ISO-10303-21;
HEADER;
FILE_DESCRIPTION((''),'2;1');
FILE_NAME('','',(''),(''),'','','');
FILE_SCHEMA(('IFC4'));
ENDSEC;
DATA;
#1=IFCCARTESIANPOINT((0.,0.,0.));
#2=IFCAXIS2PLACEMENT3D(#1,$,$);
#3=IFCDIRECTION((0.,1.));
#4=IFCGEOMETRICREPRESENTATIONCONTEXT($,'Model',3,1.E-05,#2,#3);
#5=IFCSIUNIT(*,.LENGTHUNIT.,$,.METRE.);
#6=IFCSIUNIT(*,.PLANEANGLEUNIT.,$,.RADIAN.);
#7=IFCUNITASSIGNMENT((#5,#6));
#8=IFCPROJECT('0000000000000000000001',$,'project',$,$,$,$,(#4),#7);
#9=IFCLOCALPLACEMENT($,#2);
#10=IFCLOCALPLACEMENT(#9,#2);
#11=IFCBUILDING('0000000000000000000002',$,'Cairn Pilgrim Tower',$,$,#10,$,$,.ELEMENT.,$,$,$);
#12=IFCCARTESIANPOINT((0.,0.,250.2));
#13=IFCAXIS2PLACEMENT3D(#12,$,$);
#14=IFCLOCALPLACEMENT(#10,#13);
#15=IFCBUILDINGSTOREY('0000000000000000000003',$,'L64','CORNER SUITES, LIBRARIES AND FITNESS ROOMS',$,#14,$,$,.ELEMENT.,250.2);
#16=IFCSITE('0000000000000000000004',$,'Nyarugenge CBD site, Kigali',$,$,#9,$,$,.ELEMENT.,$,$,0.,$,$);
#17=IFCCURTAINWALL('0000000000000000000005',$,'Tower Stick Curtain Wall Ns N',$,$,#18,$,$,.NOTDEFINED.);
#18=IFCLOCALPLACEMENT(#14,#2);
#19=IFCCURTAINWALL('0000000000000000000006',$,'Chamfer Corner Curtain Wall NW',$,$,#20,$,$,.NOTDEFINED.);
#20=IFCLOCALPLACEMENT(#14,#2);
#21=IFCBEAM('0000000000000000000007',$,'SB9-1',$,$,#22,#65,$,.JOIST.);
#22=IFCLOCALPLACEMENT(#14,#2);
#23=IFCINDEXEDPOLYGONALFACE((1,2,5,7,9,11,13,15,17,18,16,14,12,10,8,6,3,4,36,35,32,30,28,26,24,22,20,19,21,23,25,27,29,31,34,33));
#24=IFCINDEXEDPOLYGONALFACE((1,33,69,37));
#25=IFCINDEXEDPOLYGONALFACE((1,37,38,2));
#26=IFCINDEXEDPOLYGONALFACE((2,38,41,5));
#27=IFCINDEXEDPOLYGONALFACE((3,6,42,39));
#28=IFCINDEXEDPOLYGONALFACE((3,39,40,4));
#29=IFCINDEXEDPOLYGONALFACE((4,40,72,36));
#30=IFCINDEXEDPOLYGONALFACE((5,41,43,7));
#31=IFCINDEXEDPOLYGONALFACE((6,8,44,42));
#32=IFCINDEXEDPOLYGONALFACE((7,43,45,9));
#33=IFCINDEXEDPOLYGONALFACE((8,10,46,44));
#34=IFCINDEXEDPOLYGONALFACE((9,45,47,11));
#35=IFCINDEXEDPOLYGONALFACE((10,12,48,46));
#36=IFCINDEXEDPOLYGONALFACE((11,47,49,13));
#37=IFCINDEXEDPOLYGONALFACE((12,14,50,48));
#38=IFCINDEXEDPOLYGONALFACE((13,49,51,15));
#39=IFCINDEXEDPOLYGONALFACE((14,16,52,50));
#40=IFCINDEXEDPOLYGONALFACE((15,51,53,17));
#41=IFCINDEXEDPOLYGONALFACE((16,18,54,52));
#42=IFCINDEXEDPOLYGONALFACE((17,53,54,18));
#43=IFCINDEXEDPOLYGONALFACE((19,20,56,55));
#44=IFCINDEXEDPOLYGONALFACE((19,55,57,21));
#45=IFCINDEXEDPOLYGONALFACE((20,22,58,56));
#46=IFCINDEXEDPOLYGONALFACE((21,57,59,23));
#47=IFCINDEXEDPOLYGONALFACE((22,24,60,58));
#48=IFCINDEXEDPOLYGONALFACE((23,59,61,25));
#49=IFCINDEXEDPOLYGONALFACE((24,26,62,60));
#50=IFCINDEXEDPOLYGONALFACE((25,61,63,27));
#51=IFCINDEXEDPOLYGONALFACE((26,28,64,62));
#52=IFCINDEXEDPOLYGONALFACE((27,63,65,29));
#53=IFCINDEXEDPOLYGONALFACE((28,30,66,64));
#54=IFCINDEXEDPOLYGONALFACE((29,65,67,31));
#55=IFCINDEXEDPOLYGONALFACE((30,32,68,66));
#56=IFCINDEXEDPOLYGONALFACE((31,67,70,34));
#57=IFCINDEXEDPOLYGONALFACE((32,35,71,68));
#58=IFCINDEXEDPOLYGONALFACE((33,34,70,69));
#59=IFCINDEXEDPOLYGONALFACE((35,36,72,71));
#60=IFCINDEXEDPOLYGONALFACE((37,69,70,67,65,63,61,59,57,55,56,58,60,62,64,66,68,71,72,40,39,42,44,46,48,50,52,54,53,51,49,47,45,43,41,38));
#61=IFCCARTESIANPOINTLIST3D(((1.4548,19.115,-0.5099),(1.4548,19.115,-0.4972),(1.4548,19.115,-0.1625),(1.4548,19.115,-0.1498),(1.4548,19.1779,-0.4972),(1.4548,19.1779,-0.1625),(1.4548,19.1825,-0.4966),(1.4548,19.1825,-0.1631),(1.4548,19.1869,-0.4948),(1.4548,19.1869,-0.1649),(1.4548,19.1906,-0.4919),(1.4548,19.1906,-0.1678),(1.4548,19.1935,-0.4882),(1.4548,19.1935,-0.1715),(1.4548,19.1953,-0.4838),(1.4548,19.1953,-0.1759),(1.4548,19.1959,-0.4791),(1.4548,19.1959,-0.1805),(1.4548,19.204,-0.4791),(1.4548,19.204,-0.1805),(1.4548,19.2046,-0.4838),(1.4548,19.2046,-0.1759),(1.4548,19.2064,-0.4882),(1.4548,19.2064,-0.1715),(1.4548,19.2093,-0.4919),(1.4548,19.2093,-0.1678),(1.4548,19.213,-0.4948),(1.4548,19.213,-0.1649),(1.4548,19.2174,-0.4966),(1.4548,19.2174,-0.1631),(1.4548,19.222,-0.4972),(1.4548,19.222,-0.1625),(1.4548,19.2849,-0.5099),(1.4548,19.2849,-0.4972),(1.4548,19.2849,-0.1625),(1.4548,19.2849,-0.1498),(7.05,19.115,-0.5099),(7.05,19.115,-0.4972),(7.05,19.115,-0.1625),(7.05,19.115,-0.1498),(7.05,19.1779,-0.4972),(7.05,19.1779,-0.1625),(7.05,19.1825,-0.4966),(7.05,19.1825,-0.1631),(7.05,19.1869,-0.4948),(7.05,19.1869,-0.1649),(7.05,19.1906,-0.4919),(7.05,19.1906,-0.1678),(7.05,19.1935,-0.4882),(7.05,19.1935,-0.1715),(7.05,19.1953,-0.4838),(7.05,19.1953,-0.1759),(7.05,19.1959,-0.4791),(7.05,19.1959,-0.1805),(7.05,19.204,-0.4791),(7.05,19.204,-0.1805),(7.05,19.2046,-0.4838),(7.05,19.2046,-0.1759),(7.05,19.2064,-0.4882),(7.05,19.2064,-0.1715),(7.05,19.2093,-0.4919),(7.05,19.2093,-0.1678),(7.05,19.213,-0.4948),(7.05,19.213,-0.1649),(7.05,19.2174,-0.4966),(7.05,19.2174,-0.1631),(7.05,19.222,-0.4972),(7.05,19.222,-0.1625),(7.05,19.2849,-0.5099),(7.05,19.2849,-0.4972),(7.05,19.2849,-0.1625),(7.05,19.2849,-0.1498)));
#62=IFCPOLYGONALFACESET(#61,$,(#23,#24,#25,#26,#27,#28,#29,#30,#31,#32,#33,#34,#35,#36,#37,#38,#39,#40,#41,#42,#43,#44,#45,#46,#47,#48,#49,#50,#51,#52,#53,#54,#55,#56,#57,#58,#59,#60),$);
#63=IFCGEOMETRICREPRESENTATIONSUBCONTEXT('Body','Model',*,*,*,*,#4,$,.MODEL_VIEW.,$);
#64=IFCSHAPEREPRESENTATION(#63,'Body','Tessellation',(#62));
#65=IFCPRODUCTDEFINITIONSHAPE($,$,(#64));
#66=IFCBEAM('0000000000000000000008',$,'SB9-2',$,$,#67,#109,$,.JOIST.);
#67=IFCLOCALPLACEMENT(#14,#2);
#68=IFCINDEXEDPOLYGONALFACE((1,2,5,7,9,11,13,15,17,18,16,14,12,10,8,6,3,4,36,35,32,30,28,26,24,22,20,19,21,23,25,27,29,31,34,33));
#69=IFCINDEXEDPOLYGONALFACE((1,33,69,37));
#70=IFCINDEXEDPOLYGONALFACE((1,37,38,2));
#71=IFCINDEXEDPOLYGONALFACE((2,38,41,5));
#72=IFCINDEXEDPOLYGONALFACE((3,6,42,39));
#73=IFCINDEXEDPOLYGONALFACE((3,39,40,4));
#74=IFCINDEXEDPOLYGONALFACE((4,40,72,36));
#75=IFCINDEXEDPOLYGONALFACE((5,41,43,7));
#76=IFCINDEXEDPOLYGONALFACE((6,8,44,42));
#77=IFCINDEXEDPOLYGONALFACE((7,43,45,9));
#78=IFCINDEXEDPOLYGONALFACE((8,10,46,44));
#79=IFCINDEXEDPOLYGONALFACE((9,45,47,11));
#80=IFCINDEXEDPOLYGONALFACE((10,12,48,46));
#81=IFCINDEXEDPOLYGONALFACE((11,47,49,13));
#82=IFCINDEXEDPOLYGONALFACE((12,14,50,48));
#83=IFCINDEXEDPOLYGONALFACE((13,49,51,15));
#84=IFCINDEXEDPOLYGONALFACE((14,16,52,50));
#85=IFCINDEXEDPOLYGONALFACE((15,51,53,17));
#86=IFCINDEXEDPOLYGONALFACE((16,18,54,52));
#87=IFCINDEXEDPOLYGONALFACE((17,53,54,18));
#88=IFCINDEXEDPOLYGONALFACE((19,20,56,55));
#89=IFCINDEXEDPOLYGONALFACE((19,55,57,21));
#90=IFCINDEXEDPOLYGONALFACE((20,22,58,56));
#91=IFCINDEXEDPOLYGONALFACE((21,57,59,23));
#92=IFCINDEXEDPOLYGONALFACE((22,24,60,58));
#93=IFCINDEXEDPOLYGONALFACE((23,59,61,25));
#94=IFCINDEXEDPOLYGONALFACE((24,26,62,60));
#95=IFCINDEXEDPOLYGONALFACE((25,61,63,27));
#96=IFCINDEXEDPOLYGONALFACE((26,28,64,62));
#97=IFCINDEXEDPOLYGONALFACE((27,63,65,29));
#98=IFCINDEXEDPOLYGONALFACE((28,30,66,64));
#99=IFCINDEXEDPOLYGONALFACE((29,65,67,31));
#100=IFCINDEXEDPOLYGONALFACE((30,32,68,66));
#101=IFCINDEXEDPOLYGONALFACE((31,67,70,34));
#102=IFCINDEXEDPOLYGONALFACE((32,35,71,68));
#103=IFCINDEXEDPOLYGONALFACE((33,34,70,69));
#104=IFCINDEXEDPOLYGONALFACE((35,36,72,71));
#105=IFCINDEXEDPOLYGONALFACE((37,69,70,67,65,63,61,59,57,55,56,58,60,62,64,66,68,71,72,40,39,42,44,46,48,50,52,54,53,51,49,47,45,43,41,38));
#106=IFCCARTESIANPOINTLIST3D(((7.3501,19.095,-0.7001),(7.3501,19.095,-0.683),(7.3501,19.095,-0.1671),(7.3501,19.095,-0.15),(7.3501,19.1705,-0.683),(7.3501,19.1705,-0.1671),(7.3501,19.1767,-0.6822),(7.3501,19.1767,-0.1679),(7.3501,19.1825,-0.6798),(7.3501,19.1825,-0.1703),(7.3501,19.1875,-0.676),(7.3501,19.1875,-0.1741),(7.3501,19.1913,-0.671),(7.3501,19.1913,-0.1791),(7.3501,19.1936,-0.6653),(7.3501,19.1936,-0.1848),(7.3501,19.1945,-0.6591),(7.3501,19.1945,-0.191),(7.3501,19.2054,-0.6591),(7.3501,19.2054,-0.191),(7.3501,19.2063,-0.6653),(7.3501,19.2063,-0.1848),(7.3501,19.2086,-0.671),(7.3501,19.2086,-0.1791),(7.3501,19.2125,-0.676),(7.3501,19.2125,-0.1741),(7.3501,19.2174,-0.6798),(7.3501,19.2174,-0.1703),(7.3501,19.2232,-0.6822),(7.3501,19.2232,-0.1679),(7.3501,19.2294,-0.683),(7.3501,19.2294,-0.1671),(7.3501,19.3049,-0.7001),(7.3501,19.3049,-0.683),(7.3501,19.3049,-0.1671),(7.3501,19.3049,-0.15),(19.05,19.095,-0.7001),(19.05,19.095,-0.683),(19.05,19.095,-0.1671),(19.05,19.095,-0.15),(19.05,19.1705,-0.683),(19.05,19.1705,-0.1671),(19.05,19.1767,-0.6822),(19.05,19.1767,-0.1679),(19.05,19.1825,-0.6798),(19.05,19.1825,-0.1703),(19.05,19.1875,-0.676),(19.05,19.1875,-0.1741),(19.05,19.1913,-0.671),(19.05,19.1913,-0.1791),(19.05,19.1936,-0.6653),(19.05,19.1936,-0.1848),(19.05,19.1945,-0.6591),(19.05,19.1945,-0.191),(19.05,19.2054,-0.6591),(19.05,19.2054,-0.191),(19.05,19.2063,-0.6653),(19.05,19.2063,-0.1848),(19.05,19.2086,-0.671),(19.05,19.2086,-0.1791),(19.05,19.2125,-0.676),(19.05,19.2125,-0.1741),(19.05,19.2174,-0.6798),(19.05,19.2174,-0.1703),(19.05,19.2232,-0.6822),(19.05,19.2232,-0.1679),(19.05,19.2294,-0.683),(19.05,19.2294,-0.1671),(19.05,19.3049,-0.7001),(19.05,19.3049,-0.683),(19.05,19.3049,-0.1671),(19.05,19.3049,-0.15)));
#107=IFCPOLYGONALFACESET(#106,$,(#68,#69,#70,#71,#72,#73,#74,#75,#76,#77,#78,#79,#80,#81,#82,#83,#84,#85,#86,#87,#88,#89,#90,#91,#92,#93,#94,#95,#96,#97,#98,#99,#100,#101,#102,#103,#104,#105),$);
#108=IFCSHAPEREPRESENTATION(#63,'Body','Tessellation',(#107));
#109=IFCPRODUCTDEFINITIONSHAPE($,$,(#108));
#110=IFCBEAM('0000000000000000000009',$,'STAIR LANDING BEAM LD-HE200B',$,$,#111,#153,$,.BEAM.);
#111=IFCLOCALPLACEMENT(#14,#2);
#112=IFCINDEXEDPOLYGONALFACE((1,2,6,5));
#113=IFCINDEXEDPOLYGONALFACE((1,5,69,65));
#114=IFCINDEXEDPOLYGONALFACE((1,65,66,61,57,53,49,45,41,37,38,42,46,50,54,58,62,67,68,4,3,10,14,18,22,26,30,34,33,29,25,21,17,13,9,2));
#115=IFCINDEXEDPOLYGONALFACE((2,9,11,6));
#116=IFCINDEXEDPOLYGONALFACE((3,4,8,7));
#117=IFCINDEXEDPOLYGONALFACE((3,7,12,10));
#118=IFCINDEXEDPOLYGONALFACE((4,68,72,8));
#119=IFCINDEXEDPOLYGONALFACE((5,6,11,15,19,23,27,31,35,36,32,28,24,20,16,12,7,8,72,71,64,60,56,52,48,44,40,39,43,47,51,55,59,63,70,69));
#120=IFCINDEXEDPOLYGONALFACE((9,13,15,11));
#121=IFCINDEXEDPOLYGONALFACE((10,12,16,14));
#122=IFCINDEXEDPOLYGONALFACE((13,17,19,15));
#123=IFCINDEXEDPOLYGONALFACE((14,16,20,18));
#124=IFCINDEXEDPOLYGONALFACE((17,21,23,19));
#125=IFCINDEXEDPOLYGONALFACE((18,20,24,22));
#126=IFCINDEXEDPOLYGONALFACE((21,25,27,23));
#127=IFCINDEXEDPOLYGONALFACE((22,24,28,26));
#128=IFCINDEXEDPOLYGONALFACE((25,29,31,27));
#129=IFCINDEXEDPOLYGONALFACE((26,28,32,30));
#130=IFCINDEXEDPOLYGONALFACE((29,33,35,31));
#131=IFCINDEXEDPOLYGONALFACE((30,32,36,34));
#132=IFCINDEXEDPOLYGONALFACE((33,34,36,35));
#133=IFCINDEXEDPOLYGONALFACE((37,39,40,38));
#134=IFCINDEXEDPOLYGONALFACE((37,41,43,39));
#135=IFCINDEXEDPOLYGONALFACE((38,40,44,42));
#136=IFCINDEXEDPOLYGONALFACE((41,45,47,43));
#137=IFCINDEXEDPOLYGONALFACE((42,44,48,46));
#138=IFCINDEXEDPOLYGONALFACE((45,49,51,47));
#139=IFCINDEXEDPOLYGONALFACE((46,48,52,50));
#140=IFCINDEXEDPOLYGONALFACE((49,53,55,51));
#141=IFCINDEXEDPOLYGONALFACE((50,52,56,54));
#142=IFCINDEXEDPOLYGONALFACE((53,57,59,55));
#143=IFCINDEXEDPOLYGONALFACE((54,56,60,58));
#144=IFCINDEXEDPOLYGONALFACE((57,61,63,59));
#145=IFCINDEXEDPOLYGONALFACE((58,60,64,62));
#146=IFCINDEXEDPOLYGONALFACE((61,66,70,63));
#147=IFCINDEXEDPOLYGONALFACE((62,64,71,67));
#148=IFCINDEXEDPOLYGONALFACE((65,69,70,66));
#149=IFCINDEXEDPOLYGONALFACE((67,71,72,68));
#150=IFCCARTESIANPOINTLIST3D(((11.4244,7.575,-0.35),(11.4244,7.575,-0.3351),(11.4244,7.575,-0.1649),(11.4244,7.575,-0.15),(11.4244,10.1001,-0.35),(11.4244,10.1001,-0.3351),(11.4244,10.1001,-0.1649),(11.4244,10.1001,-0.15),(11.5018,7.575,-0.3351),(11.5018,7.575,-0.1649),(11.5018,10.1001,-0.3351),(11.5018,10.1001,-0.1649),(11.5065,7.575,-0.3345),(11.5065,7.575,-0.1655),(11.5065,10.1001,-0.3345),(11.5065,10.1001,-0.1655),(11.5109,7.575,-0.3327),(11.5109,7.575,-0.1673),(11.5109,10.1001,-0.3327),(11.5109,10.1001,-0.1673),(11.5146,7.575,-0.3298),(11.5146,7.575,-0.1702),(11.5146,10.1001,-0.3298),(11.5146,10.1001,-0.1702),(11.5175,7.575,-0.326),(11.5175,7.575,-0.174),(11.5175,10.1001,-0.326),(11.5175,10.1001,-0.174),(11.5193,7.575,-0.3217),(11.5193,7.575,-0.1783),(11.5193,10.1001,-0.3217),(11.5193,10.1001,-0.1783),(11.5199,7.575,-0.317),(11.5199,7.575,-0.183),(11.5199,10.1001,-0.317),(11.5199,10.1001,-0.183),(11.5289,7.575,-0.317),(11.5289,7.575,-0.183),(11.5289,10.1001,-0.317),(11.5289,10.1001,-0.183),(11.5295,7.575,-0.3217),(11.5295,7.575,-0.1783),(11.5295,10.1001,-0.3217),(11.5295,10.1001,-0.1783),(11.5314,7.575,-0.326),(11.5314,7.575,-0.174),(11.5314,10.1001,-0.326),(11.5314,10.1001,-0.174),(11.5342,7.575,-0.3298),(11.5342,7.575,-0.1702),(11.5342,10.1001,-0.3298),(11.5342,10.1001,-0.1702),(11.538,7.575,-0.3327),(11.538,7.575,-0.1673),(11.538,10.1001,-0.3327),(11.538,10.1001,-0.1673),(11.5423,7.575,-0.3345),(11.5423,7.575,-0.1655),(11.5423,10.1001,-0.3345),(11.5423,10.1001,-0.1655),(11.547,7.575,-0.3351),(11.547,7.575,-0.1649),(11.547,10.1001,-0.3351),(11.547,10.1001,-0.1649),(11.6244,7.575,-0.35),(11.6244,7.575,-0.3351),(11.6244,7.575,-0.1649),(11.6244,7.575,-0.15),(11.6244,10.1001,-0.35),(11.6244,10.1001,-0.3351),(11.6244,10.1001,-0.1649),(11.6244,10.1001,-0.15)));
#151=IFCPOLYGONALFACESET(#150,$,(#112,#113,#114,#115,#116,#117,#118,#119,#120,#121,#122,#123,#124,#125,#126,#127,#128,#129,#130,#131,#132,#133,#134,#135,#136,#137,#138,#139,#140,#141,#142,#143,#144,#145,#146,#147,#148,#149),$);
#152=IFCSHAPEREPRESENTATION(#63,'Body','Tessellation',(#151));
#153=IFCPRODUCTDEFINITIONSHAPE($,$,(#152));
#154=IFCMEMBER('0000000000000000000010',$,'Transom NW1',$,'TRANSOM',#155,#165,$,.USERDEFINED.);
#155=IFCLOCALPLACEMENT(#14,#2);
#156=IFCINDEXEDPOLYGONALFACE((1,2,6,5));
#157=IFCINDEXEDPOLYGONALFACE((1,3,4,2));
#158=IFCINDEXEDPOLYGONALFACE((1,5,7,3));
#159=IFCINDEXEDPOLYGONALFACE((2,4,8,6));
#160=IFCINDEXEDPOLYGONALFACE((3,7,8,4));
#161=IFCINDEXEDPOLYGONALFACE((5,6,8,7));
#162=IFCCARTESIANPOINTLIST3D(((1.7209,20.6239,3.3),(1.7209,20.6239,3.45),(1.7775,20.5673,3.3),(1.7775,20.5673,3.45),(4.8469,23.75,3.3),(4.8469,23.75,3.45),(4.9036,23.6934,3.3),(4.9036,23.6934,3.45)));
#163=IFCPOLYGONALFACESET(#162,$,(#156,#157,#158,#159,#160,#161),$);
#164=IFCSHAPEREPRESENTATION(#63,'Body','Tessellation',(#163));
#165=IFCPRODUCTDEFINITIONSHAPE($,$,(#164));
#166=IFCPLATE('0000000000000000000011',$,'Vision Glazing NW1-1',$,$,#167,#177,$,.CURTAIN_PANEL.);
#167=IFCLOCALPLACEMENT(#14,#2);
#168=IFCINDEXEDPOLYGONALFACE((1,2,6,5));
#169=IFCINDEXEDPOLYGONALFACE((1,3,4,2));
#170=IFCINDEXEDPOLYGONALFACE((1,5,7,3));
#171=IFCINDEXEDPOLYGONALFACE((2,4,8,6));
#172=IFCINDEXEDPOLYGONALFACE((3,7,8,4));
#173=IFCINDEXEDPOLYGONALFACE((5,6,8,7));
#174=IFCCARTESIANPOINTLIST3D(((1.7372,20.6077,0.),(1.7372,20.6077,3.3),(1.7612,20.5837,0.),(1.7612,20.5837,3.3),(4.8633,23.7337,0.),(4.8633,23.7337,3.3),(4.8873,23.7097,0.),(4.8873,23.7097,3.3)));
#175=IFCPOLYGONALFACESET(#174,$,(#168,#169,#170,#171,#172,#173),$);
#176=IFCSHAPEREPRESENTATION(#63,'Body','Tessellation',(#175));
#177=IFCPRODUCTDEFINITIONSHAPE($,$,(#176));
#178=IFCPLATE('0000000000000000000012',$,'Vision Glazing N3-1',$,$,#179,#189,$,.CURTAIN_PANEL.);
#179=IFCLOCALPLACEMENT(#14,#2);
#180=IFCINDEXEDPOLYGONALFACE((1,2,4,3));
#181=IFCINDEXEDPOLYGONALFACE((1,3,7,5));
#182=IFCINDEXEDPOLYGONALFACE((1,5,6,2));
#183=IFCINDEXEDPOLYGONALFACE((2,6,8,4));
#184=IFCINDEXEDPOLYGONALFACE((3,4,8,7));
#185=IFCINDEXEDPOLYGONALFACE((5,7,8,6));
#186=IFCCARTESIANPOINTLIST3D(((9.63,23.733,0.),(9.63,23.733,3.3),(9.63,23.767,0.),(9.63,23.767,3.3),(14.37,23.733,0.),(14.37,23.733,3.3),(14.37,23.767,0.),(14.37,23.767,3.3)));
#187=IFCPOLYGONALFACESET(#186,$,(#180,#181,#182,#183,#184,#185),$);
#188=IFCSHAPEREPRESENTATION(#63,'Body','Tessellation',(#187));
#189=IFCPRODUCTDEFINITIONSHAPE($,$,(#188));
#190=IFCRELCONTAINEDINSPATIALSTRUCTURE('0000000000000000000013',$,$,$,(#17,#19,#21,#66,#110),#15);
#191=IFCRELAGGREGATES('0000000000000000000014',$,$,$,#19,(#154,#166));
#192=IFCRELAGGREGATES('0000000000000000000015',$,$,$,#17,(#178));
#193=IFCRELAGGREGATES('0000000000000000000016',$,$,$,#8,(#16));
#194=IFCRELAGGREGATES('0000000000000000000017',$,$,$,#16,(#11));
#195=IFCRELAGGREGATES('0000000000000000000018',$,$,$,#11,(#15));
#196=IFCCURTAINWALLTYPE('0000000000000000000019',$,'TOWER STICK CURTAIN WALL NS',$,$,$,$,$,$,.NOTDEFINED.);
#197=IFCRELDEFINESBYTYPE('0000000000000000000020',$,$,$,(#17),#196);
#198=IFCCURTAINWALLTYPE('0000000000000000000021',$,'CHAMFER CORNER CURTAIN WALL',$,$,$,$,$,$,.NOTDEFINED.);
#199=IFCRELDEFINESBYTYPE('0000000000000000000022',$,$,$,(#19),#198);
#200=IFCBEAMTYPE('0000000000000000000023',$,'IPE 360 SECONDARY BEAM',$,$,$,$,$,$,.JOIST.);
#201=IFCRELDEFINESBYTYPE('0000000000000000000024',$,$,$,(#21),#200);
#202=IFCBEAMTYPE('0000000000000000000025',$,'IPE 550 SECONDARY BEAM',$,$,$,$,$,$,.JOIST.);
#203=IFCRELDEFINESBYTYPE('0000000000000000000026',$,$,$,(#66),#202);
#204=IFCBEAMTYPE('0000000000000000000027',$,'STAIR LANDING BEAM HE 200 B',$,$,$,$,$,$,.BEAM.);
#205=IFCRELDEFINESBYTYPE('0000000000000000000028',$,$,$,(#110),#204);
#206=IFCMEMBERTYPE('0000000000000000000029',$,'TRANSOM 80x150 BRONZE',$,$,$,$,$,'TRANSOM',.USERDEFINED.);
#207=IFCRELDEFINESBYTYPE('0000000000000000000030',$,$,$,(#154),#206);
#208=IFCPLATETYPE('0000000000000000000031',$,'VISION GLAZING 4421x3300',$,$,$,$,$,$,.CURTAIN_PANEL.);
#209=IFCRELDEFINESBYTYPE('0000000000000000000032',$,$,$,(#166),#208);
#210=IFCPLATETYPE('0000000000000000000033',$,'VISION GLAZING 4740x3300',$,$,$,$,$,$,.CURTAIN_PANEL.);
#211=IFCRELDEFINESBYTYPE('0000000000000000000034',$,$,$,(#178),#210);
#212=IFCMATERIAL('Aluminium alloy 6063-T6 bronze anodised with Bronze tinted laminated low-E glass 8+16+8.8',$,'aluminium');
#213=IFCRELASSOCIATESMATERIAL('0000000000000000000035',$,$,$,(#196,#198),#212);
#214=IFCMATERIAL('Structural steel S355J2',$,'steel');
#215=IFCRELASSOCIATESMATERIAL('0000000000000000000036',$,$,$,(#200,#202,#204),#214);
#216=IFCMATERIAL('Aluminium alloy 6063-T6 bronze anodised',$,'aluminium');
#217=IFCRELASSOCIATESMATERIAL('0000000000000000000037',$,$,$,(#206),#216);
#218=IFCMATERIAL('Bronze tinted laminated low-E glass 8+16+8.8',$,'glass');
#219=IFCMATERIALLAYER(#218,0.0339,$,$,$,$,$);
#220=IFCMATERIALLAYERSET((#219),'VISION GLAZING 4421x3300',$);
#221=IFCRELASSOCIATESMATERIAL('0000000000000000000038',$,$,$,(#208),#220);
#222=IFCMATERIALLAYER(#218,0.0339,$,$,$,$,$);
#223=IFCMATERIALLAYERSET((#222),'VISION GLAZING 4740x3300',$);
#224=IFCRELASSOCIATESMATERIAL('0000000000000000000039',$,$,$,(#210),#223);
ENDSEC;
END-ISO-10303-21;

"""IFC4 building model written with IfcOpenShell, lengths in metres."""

from ifc_helpers import new_model, si_unit, direction, frame, origin, origin_2d, place, context, subcontext, project, spatial, rectangle, i_section, extrude, material, layer, layer_set, material_profile, profile_set, type_object, element, aggregate, save


model = new_model("IFC4")

# Units and contexts
model_context = context("Model", 3, precision=1e-05, world=origin(), true_north=direction((0.0, 1.0)))
body_context = subcontext(model_context, "Body", "Model", "MODEL_VIEW")
ifc_project = project(units=[si_unit("LENGTHUNIT", "METRE"), si_unit("PLANEANGLEUNIT", "RADIAN")], contexts=[model_context])

# Site, building, storey
site_placement = place(None, origin())
site = spatial("IfcSite", under=ifc_project, at=site_placement, Name="Nyarugenge CBD site, Kigali", CompositionType="ELEMENT", RefElevation=0.0)
building_placement = place(site_placement, origin())
building = spatial("IfcBuilding", under=site, at=building_placement, Name="Cairn Pilgrim Tower", CompositionType="ELEMENT")
storey_placement = place(building_placement, frame((0.0, 0.0, 250.2)))
storey = spatial("IfcBuildingStorey", under=building, at=storey_placement, Name="L64", Description="CORNER SUITES, LIBRARIES AND FITNESS ROOMS", CompositionType="ELEMENT", Elevation=250.2)

# Shared definitions
ifc_material_1 = material(Name="Structural steel S355J2", Category="steel")

# Curtain wall
ifc_material_2 = material(Name="Aluminium alloy 6063-T6 bronze anodised with Bronze tinted laminated low-E glass 8+16+8.8", Category="aluminium")
curtain_wall_type_1 = type_object("IfcCurtainWallType", Name="TOWER STICK CURTAIN WALL NS", PredefinedType="NOTDEFINED", material=ifc_material_2)
curtain_wall_1_placement = place(storey_placement, origin())
curtain_wall_1 = element("IfcCurtainWall", 1, at=curtain_wall_1_placement, inside=storey, type_object=curtain_wall_type_1, Name="Tower Stick Curtain Wall Ns N", PredefinedType="NOTDEFINED")
ifc_material_3 = material(Name="Aluminium alloy 6063-T6 bronze anodised", Category="aluminium")

# Curtain wall
curtain_wall_type_2 = type_object("IfcCurtainWallType", Name="CHAMFER CORNER CURTAIN WALL", PredefinedType="NOTDEFINED", material=ifc_material_2)
curtain_wall_2_placement = place(storey_placement, origin())
curtain_wall_2 = element("IfcCurtainWall", 2, at=curtain_wall_2_placement, inside=storey, type_object=curtain_wall_type_2, Name="Chamfer Corner Curtain Wall NW", PredefinedType="NOTDEFINED")

# Beams
ifc_material_profile_1 = material_profile(ifc_material_1, i_section(OverallWidth=0.1699, OverallDepth=0.3601, WebThickness=0.0081, FlangeThickness=0.0127, FilletRadius=0.0181, at=origin_2d()), Name="IPE 360")
ifc_profile_set_1 = profile_set([ifc_material_profile_1], Name="Structural steel S355J2")
beam_type_1 = type_object("IfcBeamType", Name="IPE 360 SECONDARY BEAM", PredefinedType="JOIST", material=ifc_profile_set_1)
beam_1_placement = place(storey_placement, frame((1.4548, 19.2, -0.3298), z_axis=(1.0, 0.0, 0.0), x_axis=(0.0, 1.0, 0.0)))
element("IfcBeam", 3, at=beam_1_placement, inside=storey, type_object=beam_type_1, Name="SB9-1", PredefinedType="JOIST", context=body_context, shape_type="SweptSolid", body=[
    extrude(i_section(OverallWidth=0.1699, OverallDepth=0.3601, WebThickness=0.0081, FlangeThickness=0.0127, FilletRadius=0.0181, at=origin_2d()), origin(), (0.0, 0.0, 1.0), 5.5952),
])
ifc_material_profile_2 = material_profile(ifc_material_1, i_section(OverallWidth=0.21, OverallDepth=0.55, WebThickness=0.011, FlangeThickness=0.0171, FilletRadius=0.0239, at=origin_2d()), Name="IPE 550")
ifc_profile_set_2 = profile_set([ifc_material_profile_2], Name="Structural steel S355J2")
beam_type_2 = type_object("IfcBeamType", Name="IPE 550 SECONDARY BEAM", PredefinedType="JOIST", material=ifc_profile_set_2)
beam_2_placement = place(storey_placement, frame((7.3501, 19.2, -0.425), z_axis=(1.0, 0.0, 0.0), x_axis=(0.0, 1.0, 0.0)))
element("IfcBeam", 4, at=beam_2_placement, inside=storey, type_object=beam_type_2, Name="SB9-2", PredefinedType="JOIST", context=body_context, shape_type="SweptSolid", body=[
    extrude(i_section(OverallWidth=0.21, OverallDepth=0.55, WebThickness=0.011, FlangeThickness=0.0171, FilletRadius=0.0239, at=origin_2d()), origin(), (0.0, 0.0, 1.0), 11.7),
])
ifc_material_profile_3 = material_profile(ifc_material_1, i_section(OverallWidth=0.2, OverallDepth=0.2, WebThickness=0.009, FlangeThickness=0.0149, FilletRadius=0.0181, at=origin_2d()), Name="HE 200 B")
ifc_profile_set_3 = profile_set([ifc_material_profile_3], Name="Structural steel S355J2")
beam_type_3 = type_object("IfcBeamType", Name="STAIR LANDING BEAM HE 200 B", PredefinedType="BEAM", material=ifc_profile_set_3)
beam_3_placement = place(storey_placement, frame((11.5244, 10.1001, -0.25), z_axis=(0.0, -1.0, 0.0), x_axis=(1.0, 0.0, 0.0)))
element("IfcBeam", 5, at=beam_3_placement, inside=storey, type_object=beam_type_3, Name="STAIR LANDING BEAM LD-HE200B", PredefinedType="BEAM", context=body_context, shape_type="SweptSolid", body=[
    extrude(i_section(OverallWidth=0.2, OverallDepth=0.2, WebThickness=0.009, FlangeThickness=0.0149, FilletRadius=0.0181, at=origin_2d()), origin(), (0.0, 0.0, 1.0), 2.5251),
])

# Member
ifc_material_profile_4 = material_profile(ifc_material_3, rectangle(XDim=0.0801, YDim=0.1499, at=origin_2d()), Name="TRANSOM 80x150 BRONZE")
ifc_profile_set_4 = profile_set([ifc_material_profile_4], Name="Aluminium alloy 6063-T6 bronze anodised")
member_type_1 = type_object("IfcMemberType", Name="TRANSOM 80x150 BRONZE", ElementType="TRANSOM", PredefinedType="USERDEFINED", material=ifc_profile_set_4)
member_1_placement = place(storey_placement, frame((4.8752, 23.7217, 3.375), z_axis=(-0.707107, -0.707107, 0.0), x_axis=(0.707107, -0.707107, 0.0)))
member_1 = element("IfcMember", 6, at=member_1_placement, type_object=member_type_1, Name="Transom NW1", ObjectType="TRANSOM", PredefinedType="USERDEFINED", context=body_context, shape_type="SweptSolid", body=[
    extrude(rectangle(XDim=0.0801, YDim=0.1499, at=origin_2d()), origin(), (0.0, 0.0, 1.0), 4.4209),
])

# Plates
ifc_material_4 = material(Name="Bronze tinted laminated low-E glass 8+16+8.8", Category="glass")
ifc_layer_1 = layer(ifc_material_4, 0.0339)
ifc_layer_set_1 = layer_set([ifc_layer_1], Name="VISION GLAZING 4421x3300")
plate_type_1 = type_object("IfcPlateType", Name="VISION GLAZING 4421x3300", PredefinedType="CURTAIN_PANEL", material=ifc_layer_set_1)
plate_1_placement = place(storey_placement, frame((3.3123, 22.1587, 0.0), z_axis=(0.0, 0.0, 1.0), x_axis=(-0.707107, -0.707107, 0.0)))
plate_1 = element("IfcPlate", 7, at=plate_1_placement, type_object=plate_type_1, Name="Vision Glazing NW1-1", PredefinedType="CURTAIN_PANEL", context=body_context, shape_type="SweptSolid", body=[
    extrude(rectangle(XDim=4.4209, YDim=0.0339, at=origin_2d()), origin(), (0.0, 0.0, 1.0), 3.3),
])
aggregate(curtain_wall_2, [member_1, plate_1])
ifc_layer_2 = layer(ifc_material_4, 0.0339)
ifc_layer_set_2 = layer_set([ifc_layer_2], Name="VISION GLAZING 4740x3300")
plate_type_2 = type_object("IfcPlateType", Name="VISION GLAZING 4740x3300", PredefinedType="CURTAIN_PANEL", material=ifc_layer_set_2)
plate_2_placement = place(storey_placement, frame((12.0, 23.75, 0.0), z_axis=(0.0, 0.0, 1.0), x_axis=(-1.0, 0.0, 0.0)))
plate_2 = element("IfcPlate", 8, at=plate_2_placement, type_object=plate_type_2, Name="Vision Glazing N3-1", PredefinedType="CURTAIN_PANEL", context=body_context, shape_type="SweptSolid", body=[
    extrude(rectangle(XDim=4.74, YDim=0.0339, at=origin_2d()), origin(), (0.0, 0.0, 1.0), 3.3),
])
aggregate(curtain_wall_1, [plate_2])

save(model, "model.ifc")
